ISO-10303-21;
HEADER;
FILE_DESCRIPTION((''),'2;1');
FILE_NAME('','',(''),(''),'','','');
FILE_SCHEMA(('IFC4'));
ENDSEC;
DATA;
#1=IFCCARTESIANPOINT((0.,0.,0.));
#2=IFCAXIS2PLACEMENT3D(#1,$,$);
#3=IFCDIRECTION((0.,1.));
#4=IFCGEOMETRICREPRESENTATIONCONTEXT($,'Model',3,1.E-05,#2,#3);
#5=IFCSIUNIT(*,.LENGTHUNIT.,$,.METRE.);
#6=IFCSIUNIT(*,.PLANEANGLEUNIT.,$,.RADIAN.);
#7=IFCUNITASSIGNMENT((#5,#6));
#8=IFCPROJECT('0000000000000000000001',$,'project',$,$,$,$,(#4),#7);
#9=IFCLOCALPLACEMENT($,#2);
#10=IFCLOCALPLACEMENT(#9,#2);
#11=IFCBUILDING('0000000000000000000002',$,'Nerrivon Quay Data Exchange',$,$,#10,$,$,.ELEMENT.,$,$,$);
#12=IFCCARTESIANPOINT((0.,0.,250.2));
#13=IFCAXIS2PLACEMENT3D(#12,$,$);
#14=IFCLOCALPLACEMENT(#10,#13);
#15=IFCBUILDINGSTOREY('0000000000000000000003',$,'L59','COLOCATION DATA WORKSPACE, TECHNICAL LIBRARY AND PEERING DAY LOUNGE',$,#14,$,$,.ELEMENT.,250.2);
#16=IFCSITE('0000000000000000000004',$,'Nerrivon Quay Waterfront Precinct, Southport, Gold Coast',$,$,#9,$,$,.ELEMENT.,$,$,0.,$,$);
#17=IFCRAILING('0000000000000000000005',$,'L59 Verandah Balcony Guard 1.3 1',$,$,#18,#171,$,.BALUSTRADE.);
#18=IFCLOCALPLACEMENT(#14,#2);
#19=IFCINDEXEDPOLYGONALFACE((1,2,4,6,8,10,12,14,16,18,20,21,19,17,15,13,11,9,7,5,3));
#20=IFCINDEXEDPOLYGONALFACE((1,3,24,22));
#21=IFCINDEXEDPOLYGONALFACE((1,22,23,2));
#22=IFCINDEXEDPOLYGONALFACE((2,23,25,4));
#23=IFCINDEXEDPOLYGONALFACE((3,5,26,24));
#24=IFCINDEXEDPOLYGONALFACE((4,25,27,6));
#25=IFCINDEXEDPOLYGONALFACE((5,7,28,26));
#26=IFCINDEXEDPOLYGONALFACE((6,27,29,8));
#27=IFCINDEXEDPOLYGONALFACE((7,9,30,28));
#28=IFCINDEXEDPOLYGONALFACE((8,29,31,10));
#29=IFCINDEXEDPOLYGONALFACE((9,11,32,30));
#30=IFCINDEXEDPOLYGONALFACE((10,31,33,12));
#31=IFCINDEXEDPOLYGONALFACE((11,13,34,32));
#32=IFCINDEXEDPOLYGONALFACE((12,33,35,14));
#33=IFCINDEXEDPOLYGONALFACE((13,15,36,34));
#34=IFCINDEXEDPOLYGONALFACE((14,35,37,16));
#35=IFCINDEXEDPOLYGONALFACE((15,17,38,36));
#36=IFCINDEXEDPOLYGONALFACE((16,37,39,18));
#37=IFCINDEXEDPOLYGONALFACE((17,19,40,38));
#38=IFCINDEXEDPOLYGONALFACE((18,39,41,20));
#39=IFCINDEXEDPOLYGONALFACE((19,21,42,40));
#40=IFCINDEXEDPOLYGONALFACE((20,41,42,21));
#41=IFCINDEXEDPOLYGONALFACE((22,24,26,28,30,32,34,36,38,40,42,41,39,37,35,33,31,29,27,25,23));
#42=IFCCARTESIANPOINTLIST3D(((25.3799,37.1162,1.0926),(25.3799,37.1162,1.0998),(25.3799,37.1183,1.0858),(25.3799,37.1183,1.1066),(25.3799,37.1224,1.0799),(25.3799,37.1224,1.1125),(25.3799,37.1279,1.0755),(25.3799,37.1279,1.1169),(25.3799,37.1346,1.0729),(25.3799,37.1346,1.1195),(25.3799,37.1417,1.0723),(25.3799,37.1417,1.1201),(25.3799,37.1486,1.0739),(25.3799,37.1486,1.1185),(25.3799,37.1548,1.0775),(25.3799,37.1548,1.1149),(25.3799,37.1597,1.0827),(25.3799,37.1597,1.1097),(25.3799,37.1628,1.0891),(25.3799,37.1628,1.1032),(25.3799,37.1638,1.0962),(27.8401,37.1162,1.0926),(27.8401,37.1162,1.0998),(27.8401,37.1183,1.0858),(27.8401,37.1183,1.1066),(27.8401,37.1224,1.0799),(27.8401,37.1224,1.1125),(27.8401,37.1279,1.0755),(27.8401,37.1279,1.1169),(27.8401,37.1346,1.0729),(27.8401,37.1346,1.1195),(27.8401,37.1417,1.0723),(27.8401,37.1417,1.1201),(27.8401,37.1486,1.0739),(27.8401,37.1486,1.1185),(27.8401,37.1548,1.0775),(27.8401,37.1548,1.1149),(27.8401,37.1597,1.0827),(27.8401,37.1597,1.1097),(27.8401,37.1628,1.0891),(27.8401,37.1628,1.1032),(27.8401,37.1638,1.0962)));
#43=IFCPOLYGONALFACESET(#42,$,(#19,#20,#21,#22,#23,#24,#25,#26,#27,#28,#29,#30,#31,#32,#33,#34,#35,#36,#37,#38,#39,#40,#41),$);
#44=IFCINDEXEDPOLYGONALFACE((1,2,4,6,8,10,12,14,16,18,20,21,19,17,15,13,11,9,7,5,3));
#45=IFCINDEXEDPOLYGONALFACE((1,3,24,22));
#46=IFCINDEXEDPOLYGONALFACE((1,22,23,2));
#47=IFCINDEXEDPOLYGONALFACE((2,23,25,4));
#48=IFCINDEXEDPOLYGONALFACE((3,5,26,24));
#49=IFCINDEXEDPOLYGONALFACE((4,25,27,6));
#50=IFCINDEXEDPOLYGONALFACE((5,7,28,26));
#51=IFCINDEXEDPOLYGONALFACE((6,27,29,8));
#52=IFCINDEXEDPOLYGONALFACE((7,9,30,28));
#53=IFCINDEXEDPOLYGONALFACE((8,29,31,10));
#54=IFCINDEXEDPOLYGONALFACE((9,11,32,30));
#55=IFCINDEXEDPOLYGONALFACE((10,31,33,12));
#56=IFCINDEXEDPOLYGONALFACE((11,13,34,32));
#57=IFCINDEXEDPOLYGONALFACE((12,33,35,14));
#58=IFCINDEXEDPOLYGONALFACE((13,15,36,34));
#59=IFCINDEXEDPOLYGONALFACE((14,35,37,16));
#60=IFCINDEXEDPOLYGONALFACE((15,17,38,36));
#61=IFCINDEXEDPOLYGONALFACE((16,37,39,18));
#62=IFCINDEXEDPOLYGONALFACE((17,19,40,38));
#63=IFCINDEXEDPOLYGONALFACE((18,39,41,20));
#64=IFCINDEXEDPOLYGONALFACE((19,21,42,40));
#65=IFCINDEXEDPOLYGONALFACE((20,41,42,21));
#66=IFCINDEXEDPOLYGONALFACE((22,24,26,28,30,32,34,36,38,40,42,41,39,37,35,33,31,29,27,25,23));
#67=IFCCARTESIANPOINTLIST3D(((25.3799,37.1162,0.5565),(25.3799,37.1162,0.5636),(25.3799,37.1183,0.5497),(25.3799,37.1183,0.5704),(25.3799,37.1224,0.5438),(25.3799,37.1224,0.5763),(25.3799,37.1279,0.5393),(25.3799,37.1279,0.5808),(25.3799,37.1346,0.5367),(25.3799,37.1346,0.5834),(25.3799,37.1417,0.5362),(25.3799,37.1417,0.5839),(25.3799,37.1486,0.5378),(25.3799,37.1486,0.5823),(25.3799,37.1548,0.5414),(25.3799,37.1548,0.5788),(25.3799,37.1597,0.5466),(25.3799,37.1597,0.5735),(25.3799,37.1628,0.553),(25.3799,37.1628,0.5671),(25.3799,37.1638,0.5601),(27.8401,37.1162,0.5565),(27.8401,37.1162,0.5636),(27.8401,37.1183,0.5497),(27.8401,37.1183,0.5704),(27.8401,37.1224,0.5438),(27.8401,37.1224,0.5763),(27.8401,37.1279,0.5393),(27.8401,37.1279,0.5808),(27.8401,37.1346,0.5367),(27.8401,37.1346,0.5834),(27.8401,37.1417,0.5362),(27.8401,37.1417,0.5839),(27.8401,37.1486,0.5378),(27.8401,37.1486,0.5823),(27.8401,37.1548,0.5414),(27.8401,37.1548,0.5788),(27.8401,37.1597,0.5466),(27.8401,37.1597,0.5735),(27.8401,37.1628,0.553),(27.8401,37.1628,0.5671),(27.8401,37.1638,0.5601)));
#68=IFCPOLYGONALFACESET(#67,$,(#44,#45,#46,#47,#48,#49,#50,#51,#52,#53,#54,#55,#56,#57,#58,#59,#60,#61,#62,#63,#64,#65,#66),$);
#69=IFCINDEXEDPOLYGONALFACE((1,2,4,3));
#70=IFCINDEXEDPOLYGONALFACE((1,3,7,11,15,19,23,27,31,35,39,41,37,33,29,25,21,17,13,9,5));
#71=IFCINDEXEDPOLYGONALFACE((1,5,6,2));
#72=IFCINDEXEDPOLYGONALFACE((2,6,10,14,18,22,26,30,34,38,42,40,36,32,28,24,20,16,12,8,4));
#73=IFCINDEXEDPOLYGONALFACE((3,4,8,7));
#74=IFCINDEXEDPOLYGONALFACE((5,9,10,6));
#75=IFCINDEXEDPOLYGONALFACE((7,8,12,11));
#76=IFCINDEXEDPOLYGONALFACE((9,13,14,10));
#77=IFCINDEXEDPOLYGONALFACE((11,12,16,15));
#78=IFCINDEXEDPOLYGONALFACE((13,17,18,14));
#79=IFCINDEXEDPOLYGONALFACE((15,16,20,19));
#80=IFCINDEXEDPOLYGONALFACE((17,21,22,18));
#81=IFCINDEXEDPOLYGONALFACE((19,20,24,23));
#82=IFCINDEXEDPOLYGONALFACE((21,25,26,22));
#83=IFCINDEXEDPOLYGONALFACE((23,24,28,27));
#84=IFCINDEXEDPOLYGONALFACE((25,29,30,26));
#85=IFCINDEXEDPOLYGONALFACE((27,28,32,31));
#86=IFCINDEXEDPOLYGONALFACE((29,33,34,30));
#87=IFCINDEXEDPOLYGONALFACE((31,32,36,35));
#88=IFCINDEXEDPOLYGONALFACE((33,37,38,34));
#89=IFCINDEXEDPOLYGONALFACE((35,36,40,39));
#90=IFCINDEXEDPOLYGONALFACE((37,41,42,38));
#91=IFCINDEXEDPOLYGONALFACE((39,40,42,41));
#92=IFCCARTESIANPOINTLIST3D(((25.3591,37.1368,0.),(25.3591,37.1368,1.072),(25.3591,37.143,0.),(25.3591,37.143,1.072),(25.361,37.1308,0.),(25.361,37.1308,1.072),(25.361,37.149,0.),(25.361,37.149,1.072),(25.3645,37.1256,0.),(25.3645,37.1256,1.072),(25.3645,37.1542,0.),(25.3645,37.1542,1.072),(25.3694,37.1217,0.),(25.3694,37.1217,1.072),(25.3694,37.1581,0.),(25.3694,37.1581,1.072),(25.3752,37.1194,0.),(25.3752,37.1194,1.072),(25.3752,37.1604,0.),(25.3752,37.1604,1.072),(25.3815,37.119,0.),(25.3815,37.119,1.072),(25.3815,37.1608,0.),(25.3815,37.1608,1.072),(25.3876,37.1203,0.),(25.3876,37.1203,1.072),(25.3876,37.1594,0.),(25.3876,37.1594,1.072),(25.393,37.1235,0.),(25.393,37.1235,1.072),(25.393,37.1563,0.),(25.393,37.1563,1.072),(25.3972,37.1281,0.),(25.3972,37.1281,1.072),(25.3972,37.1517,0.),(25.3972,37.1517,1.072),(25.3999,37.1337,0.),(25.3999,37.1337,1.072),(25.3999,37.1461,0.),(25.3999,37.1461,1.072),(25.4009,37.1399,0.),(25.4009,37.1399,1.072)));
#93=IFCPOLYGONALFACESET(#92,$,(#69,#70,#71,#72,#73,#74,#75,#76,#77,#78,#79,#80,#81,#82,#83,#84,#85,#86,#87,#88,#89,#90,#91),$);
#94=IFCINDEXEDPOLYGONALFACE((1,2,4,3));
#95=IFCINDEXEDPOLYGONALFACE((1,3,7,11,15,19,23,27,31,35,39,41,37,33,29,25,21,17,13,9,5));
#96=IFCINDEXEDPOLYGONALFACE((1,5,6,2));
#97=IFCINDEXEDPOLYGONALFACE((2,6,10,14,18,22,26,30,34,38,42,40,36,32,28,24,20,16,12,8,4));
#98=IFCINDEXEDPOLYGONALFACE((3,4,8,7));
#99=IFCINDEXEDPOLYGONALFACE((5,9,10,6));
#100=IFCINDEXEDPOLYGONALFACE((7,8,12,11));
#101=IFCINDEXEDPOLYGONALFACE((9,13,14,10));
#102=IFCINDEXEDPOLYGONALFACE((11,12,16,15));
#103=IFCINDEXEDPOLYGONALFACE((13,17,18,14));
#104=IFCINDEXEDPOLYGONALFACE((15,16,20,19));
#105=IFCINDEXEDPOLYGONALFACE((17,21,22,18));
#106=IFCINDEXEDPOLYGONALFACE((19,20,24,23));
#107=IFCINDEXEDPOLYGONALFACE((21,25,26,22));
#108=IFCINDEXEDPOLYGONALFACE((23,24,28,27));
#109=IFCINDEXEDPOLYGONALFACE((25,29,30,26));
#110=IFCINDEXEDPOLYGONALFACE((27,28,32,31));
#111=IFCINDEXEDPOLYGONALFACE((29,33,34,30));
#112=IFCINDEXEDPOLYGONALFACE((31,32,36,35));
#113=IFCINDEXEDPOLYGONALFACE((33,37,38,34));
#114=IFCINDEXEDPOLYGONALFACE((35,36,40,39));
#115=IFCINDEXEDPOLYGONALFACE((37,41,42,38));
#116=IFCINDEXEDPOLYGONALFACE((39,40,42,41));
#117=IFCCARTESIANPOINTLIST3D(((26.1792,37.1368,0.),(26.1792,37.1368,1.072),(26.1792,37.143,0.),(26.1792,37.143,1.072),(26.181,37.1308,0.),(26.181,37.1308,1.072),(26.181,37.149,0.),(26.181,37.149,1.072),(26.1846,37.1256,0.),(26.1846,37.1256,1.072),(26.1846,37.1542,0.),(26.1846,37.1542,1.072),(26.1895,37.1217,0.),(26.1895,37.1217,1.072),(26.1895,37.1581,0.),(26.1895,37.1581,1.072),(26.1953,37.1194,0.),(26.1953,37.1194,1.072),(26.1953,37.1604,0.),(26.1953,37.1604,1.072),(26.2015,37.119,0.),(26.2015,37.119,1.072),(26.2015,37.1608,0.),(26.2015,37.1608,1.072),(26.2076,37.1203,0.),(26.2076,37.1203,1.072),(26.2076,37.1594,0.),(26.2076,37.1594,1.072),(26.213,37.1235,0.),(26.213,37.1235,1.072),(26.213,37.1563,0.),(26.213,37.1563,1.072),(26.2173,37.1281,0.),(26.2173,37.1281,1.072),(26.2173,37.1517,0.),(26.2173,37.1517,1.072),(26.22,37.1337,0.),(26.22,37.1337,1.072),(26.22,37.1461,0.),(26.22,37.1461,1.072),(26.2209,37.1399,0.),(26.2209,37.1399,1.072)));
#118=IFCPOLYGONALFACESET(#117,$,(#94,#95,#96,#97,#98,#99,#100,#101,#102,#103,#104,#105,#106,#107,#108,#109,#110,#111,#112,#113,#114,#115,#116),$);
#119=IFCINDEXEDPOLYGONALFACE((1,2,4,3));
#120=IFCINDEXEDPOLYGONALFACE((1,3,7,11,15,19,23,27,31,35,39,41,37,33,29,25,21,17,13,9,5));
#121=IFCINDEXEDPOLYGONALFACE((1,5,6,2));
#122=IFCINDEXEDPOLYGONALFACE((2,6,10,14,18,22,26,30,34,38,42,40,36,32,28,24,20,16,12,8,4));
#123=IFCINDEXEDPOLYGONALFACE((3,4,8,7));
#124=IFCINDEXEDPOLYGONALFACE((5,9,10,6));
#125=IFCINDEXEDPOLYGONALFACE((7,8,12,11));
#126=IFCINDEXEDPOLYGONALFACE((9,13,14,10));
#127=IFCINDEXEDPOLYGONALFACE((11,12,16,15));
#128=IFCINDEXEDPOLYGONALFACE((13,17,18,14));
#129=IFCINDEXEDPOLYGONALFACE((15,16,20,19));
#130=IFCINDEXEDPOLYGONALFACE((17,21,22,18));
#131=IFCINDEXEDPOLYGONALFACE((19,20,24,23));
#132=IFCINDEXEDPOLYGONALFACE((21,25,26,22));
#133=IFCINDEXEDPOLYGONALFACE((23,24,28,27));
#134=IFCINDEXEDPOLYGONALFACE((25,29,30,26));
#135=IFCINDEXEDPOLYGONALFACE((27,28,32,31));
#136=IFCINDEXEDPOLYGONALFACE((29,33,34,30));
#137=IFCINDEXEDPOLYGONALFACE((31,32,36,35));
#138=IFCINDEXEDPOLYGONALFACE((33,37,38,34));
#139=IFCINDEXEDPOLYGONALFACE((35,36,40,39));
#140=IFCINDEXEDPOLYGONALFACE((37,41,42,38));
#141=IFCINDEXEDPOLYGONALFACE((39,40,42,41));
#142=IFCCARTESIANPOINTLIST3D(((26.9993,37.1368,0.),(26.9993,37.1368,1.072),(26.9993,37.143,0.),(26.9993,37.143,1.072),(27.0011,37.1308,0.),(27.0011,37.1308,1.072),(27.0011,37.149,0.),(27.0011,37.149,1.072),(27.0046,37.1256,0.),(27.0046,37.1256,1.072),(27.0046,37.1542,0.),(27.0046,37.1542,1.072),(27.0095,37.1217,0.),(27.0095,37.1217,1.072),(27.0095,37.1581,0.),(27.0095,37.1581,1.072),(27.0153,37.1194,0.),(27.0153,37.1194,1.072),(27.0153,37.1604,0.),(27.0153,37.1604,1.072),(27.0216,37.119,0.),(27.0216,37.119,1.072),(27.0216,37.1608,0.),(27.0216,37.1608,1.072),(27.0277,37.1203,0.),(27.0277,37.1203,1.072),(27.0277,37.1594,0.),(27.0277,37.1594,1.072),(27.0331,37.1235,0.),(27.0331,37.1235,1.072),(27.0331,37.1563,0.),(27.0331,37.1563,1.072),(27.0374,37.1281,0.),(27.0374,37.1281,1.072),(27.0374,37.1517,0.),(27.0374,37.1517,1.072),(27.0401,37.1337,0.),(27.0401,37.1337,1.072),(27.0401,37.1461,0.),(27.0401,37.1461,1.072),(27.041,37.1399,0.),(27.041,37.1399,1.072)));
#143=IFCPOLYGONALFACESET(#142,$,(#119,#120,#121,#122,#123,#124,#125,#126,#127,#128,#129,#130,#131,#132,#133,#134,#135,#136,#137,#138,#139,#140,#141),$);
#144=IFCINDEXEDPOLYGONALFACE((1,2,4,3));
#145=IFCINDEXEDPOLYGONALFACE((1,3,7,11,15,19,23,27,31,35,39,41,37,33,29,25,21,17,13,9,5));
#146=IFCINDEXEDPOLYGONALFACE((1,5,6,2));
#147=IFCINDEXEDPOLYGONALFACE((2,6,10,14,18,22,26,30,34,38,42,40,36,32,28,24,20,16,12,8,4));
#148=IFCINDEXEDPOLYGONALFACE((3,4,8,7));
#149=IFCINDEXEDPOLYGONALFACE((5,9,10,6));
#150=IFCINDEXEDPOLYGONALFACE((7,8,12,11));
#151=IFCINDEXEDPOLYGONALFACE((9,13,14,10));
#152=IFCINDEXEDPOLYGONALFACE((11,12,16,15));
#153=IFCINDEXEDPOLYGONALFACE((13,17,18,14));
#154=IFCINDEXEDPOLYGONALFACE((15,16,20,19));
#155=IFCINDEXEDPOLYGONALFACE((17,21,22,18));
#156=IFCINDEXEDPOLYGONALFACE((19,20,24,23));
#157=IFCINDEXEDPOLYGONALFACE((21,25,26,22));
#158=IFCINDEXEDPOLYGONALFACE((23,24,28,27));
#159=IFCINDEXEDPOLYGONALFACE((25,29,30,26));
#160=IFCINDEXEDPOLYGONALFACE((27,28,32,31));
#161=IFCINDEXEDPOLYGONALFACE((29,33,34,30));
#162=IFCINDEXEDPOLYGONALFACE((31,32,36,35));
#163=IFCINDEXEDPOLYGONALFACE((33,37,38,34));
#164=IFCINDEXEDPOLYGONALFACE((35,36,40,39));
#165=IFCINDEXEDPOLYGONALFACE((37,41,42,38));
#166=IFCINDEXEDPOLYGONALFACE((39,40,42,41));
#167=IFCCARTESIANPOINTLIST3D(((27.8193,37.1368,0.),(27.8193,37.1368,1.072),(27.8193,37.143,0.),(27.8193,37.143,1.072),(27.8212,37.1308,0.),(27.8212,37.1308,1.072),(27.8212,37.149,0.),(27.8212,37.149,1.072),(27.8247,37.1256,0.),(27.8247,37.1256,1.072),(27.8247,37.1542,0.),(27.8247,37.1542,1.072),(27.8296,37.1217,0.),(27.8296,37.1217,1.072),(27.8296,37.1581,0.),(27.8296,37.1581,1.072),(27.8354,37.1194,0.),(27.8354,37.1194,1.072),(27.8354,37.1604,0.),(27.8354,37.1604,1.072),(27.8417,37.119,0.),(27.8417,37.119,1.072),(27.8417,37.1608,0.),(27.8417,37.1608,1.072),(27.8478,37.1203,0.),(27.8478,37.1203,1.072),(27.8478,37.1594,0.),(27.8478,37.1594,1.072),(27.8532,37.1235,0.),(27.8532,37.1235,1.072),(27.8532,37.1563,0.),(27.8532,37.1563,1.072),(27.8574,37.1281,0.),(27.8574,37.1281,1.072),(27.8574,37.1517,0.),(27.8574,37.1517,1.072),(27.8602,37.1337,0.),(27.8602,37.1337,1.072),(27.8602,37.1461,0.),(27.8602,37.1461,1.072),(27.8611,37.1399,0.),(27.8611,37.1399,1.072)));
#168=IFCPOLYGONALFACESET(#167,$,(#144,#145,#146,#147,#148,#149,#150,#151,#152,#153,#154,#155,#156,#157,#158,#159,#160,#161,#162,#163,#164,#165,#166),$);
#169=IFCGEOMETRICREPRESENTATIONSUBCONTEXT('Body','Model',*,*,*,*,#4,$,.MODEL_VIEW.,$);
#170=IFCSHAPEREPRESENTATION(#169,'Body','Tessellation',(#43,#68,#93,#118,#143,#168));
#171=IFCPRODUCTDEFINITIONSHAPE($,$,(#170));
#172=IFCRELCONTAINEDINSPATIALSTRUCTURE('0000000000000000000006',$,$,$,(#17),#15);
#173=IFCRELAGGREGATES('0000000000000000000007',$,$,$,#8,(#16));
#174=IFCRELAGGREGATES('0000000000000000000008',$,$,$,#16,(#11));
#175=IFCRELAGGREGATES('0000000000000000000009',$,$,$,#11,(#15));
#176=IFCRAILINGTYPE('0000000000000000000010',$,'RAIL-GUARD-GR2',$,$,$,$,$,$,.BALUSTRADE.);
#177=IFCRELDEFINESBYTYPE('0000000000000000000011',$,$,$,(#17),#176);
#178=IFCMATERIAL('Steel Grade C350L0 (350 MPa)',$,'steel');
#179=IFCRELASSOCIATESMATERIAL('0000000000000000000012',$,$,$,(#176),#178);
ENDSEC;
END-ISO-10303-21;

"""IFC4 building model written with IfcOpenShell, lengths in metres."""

from ifc_helpers import new_model, si_unit, direction, frame, origin, origin_2d, place, context, subcontext, project, spatial, circle, extrude, material, type_object, element, save


model = new_model("IFC4")

# Units and contexts
model_context = context("Model", 3, precision=1e-05, world=origin(), true_north=direction((0.0, 1.0)))
body_context = subcontext(model_context, "Body", "Model", "MODEL_VIEW")
ifc_project = project(units=[si_unit("LENGTHUNIT", "METRE"), si_unit("PLANEANGLEUNIT", "RADIAN")], contexts=[model_context])

# Site, building, storey
site_placement = place(None, origin())
site = spatial("IfcSite", under=ifc_project, at=site_placement, Name="Nerrivon Quay Waterfront Precinct, Southport, Gold Coast", CompositionType="ELEMENT", RefElevation=0.0)
building_placement = place(site_placement, origin())
building = spatial("IfcBuilding", under=site, at=building_placement, Name="Nerrivon Quay Data Exchange", CompositionType="ELEMENT")
storey_placement = place(building_placement, frame((0.0, 0.0, 250.2)))
storey = spatial("IfcBuildingStorey", under=building, at=storey_placement, Name="L59", Description="COLOCATION DATA WORKSPACE, TECHNICAL LIBRARY AND PEERING DAY LOUNGE", CompositionType="ELEMENT", Elevation=250.2)

# Shared definitions
ifc_material_1 = material(Name="Steel Grade C350L0 (350 MPa)", Category="steel")

# Railing
railing_type = type_object("IfcRailingType", Name="RAIL-GUARD-GR2", PredefinedType="BALUSTRADE", material=ifc_material_1)
railing_1_placement = place(storey_placement, frame((25.3799, 37.1399, 0.0)))
element("IfcRailing", 1, at=railing_1_placement, inside=storey, type_object=railing_type, Name="L59 Verandah Balcony Guard 1.3 1", PredefinedType="BALUSTRADE", context=body_context, shape_type="SweptSolid", body=[
    extrude(circle(Radius=0.0239, at=origin_2d()), frame((0.0, 0.0, 1.0962), z_axis=(1.0, 0.0, 0.0), x_axis=(0.0, 1.0, 0.0)), (0.0, 0.0, 1.0), 2.4602),
    extrude(circle(Radius=0.0239, at=origin_2d()), frame((0.0, 0.0, 0.5601), z_axis=(1.0, 0.0, 0.0), x_axis=(0.0, 1.0, 0.0)), (0.0, 0.0, 1.0), 2.4602),
    extrude(circle(Radius=0.021, at=origin_2d()), origin(), (0.0, 0.0, 1.0), 1.072),
    extrude(circle(Radius=0.021, at=origin_2d()), frame((0.8201, 0.0, 0.0)), (0.0, 0.0, 1.0), 1.072),
    extrude(circle(Radius=0.021, at=origin_2d()), frame((1.6401, 0.0, 0.0)), (0.0, 0.0, 1.0), 1.072),
    extrude(circle(Radius=0.021, at=origin_2d()), frame((2.4602, 0.0, 0.0)), (0.0, 0.0, 1.0), 1.072),
])

save(model, "model.ifc")
